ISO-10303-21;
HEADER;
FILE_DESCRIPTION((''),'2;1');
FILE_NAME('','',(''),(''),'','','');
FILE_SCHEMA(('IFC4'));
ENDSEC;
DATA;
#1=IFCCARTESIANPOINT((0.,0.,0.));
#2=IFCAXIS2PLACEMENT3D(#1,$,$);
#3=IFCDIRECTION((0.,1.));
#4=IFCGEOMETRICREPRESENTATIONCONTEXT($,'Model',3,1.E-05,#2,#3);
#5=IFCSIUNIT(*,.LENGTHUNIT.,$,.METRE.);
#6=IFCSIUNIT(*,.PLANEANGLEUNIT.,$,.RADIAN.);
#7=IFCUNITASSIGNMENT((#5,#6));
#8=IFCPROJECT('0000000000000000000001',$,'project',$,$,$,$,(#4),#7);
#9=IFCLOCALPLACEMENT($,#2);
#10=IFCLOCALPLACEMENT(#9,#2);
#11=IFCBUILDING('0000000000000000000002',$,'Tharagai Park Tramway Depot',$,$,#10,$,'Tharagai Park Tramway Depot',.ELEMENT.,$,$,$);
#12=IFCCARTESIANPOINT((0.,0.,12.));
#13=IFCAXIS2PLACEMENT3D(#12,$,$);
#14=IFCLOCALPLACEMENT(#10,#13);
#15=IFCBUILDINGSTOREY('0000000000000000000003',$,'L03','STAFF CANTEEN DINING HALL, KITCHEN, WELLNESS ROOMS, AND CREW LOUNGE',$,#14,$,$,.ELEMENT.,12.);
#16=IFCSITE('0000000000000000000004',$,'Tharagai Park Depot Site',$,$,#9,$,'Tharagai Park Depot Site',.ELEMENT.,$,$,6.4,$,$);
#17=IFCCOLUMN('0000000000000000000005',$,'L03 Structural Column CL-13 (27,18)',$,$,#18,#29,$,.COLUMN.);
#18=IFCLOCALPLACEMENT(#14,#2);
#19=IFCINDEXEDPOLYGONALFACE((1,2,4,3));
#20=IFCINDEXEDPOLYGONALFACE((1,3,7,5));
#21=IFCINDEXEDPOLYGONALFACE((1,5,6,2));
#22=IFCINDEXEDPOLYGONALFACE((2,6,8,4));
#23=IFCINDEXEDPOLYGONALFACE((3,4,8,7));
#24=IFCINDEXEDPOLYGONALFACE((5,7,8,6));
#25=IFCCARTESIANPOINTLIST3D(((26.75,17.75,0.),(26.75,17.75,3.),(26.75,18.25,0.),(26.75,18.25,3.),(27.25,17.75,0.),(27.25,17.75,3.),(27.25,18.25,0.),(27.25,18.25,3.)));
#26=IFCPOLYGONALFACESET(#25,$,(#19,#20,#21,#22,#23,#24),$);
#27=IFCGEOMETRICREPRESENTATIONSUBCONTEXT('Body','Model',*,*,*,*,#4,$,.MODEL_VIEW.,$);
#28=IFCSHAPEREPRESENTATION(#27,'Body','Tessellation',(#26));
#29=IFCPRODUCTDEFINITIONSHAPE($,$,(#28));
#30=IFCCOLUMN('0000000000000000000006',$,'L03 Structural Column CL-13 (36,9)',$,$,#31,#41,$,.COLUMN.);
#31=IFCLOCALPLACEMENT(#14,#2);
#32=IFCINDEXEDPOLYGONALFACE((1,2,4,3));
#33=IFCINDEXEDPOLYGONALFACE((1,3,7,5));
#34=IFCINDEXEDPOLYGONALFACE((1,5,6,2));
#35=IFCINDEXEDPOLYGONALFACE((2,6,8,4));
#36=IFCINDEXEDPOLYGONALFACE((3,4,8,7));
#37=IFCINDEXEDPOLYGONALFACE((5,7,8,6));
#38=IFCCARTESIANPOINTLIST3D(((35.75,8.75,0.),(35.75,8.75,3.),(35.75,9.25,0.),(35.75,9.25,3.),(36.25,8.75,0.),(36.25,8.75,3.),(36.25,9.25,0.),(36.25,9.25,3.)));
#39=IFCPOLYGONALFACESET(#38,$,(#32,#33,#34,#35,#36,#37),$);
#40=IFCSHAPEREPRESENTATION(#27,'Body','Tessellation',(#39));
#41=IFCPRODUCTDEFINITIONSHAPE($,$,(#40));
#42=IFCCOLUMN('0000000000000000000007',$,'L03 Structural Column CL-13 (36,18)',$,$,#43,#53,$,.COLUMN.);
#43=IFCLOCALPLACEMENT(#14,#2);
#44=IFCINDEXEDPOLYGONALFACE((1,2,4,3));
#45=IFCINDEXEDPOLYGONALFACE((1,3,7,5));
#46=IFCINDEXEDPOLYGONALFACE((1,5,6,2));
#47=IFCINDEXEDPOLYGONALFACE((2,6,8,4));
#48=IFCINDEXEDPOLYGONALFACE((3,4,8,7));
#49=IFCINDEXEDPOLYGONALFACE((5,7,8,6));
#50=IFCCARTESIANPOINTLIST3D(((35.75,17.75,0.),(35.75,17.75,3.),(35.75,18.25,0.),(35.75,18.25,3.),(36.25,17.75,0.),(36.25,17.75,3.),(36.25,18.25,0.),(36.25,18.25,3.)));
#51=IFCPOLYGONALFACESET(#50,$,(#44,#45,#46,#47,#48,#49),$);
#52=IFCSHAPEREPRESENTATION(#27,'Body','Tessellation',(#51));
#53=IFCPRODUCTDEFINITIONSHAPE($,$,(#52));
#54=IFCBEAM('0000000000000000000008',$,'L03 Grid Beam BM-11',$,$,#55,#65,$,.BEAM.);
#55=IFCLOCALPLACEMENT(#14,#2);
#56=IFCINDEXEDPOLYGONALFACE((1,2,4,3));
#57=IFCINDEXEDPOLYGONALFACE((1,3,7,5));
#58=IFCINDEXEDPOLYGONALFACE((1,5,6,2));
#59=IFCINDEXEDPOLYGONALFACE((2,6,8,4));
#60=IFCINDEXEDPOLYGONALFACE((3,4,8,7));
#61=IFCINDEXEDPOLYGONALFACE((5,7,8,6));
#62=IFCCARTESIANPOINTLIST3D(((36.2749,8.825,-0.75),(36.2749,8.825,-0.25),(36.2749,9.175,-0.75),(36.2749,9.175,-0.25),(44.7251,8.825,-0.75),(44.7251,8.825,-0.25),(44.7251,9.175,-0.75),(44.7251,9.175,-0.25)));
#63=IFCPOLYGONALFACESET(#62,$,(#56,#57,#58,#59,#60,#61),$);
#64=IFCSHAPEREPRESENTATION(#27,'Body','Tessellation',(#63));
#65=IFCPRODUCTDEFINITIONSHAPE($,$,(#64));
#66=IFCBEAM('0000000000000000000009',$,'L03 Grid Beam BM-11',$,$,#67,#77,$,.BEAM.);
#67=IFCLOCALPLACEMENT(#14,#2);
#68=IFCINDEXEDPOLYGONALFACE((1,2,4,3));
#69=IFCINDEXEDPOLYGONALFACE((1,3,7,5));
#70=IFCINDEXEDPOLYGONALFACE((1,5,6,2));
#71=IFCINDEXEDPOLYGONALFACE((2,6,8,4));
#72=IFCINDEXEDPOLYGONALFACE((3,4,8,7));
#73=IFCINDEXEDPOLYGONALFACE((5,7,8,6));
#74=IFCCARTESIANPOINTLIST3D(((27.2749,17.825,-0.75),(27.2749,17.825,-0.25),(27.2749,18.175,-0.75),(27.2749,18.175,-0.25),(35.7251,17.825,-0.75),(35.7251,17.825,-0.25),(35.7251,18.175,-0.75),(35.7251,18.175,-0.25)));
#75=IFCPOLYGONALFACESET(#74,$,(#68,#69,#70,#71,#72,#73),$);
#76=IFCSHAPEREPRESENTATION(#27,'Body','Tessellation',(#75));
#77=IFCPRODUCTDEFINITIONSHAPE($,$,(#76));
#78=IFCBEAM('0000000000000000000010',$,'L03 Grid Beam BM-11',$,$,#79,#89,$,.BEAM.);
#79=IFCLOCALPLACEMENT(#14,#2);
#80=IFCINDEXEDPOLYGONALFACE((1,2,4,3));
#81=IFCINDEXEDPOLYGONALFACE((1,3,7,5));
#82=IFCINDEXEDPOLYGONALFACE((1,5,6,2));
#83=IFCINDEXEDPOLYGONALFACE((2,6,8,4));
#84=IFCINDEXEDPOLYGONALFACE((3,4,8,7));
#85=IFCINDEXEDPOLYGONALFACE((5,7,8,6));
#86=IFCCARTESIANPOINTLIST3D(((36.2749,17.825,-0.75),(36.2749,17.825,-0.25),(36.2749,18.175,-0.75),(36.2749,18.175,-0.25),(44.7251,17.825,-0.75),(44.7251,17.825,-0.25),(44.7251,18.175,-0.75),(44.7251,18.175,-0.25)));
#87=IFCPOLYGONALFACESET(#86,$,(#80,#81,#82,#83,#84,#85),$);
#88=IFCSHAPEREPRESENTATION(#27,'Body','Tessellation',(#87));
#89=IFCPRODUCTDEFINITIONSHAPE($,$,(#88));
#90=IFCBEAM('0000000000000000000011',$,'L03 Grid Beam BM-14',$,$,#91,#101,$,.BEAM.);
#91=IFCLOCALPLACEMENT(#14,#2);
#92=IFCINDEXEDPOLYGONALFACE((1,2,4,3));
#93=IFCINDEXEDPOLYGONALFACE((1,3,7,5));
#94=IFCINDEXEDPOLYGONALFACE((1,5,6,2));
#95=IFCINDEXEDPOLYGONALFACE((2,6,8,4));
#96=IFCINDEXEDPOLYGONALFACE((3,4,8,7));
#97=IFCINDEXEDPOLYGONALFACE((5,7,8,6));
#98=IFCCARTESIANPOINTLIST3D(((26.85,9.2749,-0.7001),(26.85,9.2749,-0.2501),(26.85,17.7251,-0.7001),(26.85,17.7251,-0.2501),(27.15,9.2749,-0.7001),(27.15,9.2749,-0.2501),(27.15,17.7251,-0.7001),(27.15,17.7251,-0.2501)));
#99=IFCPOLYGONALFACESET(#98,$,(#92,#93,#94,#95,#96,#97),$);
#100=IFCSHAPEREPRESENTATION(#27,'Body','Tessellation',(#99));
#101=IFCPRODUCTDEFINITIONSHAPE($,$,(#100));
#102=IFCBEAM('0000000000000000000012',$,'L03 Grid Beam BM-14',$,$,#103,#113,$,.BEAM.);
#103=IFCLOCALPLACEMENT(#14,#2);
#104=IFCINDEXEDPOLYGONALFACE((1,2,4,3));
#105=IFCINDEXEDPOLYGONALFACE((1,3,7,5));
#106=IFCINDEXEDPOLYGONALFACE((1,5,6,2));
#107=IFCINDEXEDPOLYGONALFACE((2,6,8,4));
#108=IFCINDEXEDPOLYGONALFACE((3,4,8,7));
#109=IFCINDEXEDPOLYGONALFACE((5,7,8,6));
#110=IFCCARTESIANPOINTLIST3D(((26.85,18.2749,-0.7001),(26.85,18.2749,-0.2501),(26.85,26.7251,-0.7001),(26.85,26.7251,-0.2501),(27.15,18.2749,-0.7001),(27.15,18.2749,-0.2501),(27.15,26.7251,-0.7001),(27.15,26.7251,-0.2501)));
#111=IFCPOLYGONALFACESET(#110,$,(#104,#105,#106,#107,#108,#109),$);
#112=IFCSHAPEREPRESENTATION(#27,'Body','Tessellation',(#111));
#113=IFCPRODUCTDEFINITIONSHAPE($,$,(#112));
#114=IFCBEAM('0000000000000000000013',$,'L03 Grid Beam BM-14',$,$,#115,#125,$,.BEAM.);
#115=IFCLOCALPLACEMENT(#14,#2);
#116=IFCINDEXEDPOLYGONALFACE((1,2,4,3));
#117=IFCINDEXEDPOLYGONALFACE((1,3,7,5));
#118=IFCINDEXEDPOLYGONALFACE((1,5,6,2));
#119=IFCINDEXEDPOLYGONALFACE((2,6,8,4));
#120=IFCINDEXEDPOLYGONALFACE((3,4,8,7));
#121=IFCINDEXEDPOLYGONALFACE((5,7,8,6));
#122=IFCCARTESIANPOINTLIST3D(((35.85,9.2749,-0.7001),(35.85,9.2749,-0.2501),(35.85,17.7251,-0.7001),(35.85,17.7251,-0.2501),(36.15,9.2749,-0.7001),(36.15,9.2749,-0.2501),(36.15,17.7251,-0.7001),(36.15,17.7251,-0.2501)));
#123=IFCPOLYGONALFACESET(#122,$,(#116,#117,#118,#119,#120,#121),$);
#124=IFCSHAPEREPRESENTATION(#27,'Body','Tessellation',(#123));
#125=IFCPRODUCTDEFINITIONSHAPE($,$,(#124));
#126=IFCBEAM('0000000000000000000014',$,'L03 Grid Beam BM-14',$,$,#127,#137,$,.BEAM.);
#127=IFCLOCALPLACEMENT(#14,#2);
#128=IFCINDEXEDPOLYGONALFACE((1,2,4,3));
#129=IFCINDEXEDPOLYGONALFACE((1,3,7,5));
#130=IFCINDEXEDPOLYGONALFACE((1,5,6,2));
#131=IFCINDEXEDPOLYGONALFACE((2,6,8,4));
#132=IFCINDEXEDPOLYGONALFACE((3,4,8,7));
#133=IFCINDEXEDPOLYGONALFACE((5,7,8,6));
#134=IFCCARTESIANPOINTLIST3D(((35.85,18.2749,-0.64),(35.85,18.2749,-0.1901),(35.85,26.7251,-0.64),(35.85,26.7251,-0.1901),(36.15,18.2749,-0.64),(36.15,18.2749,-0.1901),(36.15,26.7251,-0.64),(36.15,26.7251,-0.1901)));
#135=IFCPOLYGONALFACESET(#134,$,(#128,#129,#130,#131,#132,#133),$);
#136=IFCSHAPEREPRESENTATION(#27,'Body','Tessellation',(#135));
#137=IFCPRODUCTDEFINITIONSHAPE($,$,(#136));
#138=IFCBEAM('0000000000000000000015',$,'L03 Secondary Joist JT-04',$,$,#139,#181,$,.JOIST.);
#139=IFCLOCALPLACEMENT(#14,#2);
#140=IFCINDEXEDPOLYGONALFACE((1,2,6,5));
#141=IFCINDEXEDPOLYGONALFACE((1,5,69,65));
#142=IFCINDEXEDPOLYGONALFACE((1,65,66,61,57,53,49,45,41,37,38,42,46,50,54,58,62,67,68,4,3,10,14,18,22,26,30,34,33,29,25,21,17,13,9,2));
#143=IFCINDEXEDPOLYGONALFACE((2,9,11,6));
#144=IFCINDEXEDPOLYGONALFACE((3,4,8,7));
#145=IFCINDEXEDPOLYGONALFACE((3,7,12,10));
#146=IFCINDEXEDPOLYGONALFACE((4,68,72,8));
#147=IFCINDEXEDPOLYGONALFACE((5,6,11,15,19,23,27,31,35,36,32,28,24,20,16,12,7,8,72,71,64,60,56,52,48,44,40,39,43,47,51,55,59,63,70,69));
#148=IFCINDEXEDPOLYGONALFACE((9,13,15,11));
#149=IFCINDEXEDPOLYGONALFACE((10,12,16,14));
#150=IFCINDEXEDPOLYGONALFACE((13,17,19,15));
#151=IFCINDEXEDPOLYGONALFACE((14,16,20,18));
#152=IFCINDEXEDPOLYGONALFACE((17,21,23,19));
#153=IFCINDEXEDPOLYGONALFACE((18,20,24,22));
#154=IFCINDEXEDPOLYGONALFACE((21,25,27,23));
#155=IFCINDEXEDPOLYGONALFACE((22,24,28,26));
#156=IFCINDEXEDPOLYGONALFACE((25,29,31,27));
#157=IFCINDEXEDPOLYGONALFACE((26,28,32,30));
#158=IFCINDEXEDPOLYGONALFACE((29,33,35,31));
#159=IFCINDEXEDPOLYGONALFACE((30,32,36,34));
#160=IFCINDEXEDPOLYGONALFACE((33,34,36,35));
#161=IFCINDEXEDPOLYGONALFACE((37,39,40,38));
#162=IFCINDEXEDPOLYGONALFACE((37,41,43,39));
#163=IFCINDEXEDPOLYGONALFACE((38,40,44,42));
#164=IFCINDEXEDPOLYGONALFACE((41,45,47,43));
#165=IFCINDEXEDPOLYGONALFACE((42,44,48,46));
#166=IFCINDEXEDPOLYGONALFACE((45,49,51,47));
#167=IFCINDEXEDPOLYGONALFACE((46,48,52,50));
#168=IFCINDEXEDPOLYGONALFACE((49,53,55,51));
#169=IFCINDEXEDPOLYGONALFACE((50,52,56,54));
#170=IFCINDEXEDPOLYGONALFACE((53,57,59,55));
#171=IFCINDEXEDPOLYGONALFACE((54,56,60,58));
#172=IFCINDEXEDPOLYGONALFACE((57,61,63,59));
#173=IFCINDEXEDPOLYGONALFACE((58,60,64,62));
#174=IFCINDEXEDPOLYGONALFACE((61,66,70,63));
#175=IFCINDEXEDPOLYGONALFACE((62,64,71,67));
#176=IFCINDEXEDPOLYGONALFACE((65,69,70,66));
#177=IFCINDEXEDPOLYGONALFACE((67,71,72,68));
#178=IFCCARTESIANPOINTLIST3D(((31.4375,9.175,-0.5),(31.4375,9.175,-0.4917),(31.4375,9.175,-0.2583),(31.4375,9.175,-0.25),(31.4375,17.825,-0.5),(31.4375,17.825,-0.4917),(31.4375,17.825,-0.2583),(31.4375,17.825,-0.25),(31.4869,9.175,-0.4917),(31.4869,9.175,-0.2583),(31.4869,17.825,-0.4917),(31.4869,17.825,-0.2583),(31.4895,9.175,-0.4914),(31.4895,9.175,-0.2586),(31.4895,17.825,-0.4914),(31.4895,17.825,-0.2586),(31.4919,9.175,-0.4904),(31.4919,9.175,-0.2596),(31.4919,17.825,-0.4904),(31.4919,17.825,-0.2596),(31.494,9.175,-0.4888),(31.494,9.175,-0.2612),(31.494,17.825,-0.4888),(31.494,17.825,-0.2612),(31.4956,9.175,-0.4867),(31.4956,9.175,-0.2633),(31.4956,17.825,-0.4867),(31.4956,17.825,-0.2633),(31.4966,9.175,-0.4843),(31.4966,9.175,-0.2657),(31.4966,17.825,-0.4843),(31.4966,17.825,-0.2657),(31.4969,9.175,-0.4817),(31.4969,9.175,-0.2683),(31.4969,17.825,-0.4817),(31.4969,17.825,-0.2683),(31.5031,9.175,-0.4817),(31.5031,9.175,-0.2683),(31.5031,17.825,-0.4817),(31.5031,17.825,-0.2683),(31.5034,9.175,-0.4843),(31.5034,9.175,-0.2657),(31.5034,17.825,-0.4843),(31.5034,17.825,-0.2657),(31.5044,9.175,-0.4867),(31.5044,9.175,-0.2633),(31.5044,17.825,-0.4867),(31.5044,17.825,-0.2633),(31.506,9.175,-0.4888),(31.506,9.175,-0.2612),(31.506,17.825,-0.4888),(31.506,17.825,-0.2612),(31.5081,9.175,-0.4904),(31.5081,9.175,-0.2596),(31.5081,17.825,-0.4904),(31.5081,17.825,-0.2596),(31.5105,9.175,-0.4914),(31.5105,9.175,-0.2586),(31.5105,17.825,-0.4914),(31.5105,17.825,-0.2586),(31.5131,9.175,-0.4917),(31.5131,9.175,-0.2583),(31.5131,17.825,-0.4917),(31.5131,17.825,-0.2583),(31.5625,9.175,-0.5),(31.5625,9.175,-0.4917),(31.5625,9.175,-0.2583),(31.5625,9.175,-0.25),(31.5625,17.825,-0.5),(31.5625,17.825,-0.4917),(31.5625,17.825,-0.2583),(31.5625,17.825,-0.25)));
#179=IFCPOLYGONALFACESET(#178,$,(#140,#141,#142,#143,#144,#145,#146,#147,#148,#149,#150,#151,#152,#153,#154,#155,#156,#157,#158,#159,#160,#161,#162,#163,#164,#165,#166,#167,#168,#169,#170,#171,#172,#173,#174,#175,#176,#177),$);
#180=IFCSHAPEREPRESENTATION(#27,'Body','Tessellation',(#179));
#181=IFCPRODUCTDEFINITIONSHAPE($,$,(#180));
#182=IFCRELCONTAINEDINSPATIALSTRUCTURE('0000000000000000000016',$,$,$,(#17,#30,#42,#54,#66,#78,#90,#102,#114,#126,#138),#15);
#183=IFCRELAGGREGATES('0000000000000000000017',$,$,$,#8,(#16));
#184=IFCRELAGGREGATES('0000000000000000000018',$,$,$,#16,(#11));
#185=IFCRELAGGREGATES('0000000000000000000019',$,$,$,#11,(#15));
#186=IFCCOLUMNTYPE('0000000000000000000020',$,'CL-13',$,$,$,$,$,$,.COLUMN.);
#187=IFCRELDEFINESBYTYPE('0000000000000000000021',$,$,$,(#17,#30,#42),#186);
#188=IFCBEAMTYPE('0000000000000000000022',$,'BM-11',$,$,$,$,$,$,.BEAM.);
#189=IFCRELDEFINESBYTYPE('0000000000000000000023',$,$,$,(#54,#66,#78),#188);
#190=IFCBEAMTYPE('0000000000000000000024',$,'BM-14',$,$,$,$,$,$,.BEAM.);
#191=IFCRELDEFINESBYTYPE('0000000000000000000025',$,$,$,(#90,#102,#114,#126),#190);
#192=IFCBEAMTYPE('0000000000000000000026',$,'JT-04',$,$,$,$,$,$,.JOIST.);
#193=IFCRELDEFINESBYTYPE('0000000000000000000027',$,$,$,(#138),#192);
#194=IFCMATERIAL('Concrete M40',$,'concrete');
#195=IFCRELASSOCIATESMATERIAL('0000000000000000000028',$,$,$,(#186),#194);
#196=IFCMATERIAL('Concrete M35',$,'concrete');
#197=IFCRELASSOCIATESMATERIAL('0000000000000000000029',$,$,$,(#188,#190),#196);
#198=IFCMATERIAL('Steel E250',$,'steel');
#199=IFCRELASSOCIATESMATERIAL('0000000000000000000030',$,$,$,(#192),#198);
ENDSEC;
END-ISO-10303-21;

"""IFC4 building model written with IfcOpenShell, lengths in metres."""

from ifc_helpers import new_model, si_unit, direction, frame, origin, origin_2d, place, context, subcontext, project, spatial, rectangle, i_section, extrude, material, material_profile, profile_set, type_object, element, save


model = new_model("IFC4")

# Units and contexts
model_context = context("Model", 3, precision=1e-05, world=origin(), true_north=direction((0.0, 1.0)))
body_context = subcontext(model_context, "Body", "Model", "MODEL_VIEW")
ifc_project = project(units=[si_unit("LENGTHUNIT", "METRE"), si_unit("PLANEANGLEUNIT", "RADIAN")], contexts=[model_context])

# Site, building, storey
site_placement = place(None, origin())
site = spatial("IfcSite", under=ifc_project, at=site_placement, Name="Tharagai Park Depot Site", LongName="Tharagai Park Depot Site", CompositionType="ELEMENT", RefElevation=6.4)
building_placement = place(site_placement, origin())
building = spatial("IfcBuilding", under=site, at=building_placement, Name="Tharagai Park Tramway Depot", LongName="Tharagai Park Tramway Depot", CompositionType="ELEMENT")
storey_placement = place(building_placement, frame((0.0, 0.0, 12.0)))
storey = spatial("IfcBuildingStorey", under=building, at=storey_placement, Name="L03", Description="STAFF CANTEEN DINING HALL, KITCHEN, WELLNESS ROOMS, AND CREW LOUNGE", CompositionType="ELEMENT", Elevation=12.0)

# Columns
ifc_material_1 = material(Name="Concrete M40", Category="concrete")
ifc_material_profile_1 = material_profile(ifc_material_1, rectangle(XDim=0.5, YDim=0.5, at=origin_2d()), Name="RC 500x500")
ifc_profile_set_1 = profile_set([ifc_material_profile_1], Name="Concrete M40")
column_type = type_object("IfcColumnType", Name="CL-13", PredefinedType="COLUMN", material=ifc_profile_set_1)
for number, where, z_axis, x_axis, name in (
    (1, (27.0, 18.0, 0.0), (0.0, 0.0, 1.0), (1.0, 0.0, 0.0), "L03 Structural Column CL-13 (27,18)"),
    (2, (36.0, 9.0, 0.0), (0.0, 0.0, 1.0), (1.0, 0.0, 0.0), "L03 Structural Column CL-13 (36,9)"),
    (3, (36.0, 18.0, 0.0), (0.0, 0.0, 1.0), (1.0, 0.0, 0.0), "L03 Structural Column CL-13 (36,18)"),
):
    element("IfcColumn", number, at=place(storey_placement, frame(where, z_axis=z_axis, x_axis=x_axis)), inside=storey, type_object=column_type, Name=name, PredefinedType="COLUMN", context=body_context, shape_type="SweptSolid", body=[
        extrude(rectangle(XDim=0.5, YDim=0.5, at=origin_2d()), origin(), (0.0, 0.0, 1.0), 3.0),
    ])

# Beams
ifc_material_2 = material(Name="Concrete M35", Category="concrete")
ifc_material_profile_2 = material_profile(ifc_material_2, rectangle(XDim=0.3501, YDim=0.5, at=origin_2d()), Name="RC 350x500")
ifc_profile_set_2 = profile_set([ifc_material_profile_2], Name="Concrete M35")
beam_type_1 = type_object("IfcBeamType", Name="BM-11", PredefinedType="BEAM", material=ifc_profile_set_2)
for number, where, z_axis, x_axis, name in (
    (4, (36.2749, 9.0, -0.5), (1.0, 0.0, 0.0), (0.0, 1.0, 0.0), "L03 Grid Beam BM-11"),
    (5, (27.2749, 18.0, -0.5), (1.0, 0.0, 0.0), (0.0, 1.0, 0.0), "L03 Grid Beam BM-11"),
    (6, (36.2749, 18.0, -0.5), (1.0, 0.0, 0.0), (0.0, 1.0, 0.0), "L03 Grid Beam BM-11"),
):
    element("IfcBeam", number, at=place(storey_placement, frame(where, z_axis=z_axis, x_axis=x_axis)), inside=storey, type_object=beam_type_1, Name=name, PredefinedType="BEAM", context=body_context, shape_type="SweptSolid", body=[
        extrude(rectangle(XDim=0.3501, YDim=0.5, at=origin_2d()), origin(), (0.0, 0.0, 1.0), 8.4502),
    ])
ifc_material_profile_3 = material_profile(ifc_material_2, rectangle(XDim=0.3, YDim=0.45, at=origin_2d()), Name="RC 300x450")
ifc_profile_set_3 = profile_set([ifc_material_profile_3], Name="Concrete M35")
beam_type_2 = type_object("IfcBeamType", Name="BM-14", PredefinedType="BEAM", material=ifc_profile_set_3)
for number, where, z_axis, x_axis, name in (
    (7, (27.0, 9.2749, -0.4751), (0.0, 1.0, 0.0), (-1.0, 0.0, 0.0), "L03 Grid Beam BM-14"),
    (8, (27.0, 18.2749, -0.4751), (0.0, 1.0, 0.0), (-1.0, 0.0, 0.0), "L03 Grid Beam BM-14"),
    (9, (36.0, 9.2749, -0.4751), (0.0, 1.0, 0.0), (-1.0, 0.0, 0.0), "L03 Grid Beam BM-14"),
    (10, (36.0, 18.2749, -0.415), (0.0, 1.0, 0.0), (-1.0, 0.0, 0.0), "L03 Grid Beam BM-14"),
):
    element("IfcBeam", number, at=place(storey_placement, frame(where, z_axis=z_axis, x_axis=x_axis)), inside=storey, type_object=beam_type_2, Name=name, PredefinedType="BEAM", context=body_context, shape_type="SweptSolid", body=[
        extrude(rectangle(XDim=0.3, YDim=0.45, at=origin_2d()), origin(), (0.0, 0.0, 1.0), 8.4502),
    ])
ifc_material_3 = material(Name="Steel E250", Category="steel")
ifc_material_profile_4 = material_profile(ifc_material_3, i_section(OverallWidth=0.125, OverallDepth=0.25, WebThickness=0.0061, FlangeThickness=0.0083, FilletRadius=0.01, at=origin_2d()), Name="ISLB 250")
ifc_profile_set_4 = profile_set([ifc_material_profile_4], Name="Steel E250")
beam_type_3 = type_object("IfcBeamType", Name="JT-04", PredefinedType="JOIST", material=ifc_profile_set_4)
beam_1_placement = place(storey_placement, frame((31.5, 9.175, -0.375), z_axis=(0.0, 1.0, 0.0), x_axis=(-1.0, 0.0, 0.0)))
element("IfcBeam", 11, at=beam_1_placement, inside=storey, type_object=beam_type_3, Name="L03 Secondary Joist JT-04", PredefinedType="JOIST", context=body_context, shape_type="SweptSolid", body=[
    extrude(i_section(OverallWidth=0.125, OverallDepth=0.25, WebThickness=0.0061, FlangeThickness=0.0083, FilletRadius=0.01, at=origin_2d()), origin(), (0.0, 0.0, 1.0), 8.6499),
])

save(model, "model.ifc")
